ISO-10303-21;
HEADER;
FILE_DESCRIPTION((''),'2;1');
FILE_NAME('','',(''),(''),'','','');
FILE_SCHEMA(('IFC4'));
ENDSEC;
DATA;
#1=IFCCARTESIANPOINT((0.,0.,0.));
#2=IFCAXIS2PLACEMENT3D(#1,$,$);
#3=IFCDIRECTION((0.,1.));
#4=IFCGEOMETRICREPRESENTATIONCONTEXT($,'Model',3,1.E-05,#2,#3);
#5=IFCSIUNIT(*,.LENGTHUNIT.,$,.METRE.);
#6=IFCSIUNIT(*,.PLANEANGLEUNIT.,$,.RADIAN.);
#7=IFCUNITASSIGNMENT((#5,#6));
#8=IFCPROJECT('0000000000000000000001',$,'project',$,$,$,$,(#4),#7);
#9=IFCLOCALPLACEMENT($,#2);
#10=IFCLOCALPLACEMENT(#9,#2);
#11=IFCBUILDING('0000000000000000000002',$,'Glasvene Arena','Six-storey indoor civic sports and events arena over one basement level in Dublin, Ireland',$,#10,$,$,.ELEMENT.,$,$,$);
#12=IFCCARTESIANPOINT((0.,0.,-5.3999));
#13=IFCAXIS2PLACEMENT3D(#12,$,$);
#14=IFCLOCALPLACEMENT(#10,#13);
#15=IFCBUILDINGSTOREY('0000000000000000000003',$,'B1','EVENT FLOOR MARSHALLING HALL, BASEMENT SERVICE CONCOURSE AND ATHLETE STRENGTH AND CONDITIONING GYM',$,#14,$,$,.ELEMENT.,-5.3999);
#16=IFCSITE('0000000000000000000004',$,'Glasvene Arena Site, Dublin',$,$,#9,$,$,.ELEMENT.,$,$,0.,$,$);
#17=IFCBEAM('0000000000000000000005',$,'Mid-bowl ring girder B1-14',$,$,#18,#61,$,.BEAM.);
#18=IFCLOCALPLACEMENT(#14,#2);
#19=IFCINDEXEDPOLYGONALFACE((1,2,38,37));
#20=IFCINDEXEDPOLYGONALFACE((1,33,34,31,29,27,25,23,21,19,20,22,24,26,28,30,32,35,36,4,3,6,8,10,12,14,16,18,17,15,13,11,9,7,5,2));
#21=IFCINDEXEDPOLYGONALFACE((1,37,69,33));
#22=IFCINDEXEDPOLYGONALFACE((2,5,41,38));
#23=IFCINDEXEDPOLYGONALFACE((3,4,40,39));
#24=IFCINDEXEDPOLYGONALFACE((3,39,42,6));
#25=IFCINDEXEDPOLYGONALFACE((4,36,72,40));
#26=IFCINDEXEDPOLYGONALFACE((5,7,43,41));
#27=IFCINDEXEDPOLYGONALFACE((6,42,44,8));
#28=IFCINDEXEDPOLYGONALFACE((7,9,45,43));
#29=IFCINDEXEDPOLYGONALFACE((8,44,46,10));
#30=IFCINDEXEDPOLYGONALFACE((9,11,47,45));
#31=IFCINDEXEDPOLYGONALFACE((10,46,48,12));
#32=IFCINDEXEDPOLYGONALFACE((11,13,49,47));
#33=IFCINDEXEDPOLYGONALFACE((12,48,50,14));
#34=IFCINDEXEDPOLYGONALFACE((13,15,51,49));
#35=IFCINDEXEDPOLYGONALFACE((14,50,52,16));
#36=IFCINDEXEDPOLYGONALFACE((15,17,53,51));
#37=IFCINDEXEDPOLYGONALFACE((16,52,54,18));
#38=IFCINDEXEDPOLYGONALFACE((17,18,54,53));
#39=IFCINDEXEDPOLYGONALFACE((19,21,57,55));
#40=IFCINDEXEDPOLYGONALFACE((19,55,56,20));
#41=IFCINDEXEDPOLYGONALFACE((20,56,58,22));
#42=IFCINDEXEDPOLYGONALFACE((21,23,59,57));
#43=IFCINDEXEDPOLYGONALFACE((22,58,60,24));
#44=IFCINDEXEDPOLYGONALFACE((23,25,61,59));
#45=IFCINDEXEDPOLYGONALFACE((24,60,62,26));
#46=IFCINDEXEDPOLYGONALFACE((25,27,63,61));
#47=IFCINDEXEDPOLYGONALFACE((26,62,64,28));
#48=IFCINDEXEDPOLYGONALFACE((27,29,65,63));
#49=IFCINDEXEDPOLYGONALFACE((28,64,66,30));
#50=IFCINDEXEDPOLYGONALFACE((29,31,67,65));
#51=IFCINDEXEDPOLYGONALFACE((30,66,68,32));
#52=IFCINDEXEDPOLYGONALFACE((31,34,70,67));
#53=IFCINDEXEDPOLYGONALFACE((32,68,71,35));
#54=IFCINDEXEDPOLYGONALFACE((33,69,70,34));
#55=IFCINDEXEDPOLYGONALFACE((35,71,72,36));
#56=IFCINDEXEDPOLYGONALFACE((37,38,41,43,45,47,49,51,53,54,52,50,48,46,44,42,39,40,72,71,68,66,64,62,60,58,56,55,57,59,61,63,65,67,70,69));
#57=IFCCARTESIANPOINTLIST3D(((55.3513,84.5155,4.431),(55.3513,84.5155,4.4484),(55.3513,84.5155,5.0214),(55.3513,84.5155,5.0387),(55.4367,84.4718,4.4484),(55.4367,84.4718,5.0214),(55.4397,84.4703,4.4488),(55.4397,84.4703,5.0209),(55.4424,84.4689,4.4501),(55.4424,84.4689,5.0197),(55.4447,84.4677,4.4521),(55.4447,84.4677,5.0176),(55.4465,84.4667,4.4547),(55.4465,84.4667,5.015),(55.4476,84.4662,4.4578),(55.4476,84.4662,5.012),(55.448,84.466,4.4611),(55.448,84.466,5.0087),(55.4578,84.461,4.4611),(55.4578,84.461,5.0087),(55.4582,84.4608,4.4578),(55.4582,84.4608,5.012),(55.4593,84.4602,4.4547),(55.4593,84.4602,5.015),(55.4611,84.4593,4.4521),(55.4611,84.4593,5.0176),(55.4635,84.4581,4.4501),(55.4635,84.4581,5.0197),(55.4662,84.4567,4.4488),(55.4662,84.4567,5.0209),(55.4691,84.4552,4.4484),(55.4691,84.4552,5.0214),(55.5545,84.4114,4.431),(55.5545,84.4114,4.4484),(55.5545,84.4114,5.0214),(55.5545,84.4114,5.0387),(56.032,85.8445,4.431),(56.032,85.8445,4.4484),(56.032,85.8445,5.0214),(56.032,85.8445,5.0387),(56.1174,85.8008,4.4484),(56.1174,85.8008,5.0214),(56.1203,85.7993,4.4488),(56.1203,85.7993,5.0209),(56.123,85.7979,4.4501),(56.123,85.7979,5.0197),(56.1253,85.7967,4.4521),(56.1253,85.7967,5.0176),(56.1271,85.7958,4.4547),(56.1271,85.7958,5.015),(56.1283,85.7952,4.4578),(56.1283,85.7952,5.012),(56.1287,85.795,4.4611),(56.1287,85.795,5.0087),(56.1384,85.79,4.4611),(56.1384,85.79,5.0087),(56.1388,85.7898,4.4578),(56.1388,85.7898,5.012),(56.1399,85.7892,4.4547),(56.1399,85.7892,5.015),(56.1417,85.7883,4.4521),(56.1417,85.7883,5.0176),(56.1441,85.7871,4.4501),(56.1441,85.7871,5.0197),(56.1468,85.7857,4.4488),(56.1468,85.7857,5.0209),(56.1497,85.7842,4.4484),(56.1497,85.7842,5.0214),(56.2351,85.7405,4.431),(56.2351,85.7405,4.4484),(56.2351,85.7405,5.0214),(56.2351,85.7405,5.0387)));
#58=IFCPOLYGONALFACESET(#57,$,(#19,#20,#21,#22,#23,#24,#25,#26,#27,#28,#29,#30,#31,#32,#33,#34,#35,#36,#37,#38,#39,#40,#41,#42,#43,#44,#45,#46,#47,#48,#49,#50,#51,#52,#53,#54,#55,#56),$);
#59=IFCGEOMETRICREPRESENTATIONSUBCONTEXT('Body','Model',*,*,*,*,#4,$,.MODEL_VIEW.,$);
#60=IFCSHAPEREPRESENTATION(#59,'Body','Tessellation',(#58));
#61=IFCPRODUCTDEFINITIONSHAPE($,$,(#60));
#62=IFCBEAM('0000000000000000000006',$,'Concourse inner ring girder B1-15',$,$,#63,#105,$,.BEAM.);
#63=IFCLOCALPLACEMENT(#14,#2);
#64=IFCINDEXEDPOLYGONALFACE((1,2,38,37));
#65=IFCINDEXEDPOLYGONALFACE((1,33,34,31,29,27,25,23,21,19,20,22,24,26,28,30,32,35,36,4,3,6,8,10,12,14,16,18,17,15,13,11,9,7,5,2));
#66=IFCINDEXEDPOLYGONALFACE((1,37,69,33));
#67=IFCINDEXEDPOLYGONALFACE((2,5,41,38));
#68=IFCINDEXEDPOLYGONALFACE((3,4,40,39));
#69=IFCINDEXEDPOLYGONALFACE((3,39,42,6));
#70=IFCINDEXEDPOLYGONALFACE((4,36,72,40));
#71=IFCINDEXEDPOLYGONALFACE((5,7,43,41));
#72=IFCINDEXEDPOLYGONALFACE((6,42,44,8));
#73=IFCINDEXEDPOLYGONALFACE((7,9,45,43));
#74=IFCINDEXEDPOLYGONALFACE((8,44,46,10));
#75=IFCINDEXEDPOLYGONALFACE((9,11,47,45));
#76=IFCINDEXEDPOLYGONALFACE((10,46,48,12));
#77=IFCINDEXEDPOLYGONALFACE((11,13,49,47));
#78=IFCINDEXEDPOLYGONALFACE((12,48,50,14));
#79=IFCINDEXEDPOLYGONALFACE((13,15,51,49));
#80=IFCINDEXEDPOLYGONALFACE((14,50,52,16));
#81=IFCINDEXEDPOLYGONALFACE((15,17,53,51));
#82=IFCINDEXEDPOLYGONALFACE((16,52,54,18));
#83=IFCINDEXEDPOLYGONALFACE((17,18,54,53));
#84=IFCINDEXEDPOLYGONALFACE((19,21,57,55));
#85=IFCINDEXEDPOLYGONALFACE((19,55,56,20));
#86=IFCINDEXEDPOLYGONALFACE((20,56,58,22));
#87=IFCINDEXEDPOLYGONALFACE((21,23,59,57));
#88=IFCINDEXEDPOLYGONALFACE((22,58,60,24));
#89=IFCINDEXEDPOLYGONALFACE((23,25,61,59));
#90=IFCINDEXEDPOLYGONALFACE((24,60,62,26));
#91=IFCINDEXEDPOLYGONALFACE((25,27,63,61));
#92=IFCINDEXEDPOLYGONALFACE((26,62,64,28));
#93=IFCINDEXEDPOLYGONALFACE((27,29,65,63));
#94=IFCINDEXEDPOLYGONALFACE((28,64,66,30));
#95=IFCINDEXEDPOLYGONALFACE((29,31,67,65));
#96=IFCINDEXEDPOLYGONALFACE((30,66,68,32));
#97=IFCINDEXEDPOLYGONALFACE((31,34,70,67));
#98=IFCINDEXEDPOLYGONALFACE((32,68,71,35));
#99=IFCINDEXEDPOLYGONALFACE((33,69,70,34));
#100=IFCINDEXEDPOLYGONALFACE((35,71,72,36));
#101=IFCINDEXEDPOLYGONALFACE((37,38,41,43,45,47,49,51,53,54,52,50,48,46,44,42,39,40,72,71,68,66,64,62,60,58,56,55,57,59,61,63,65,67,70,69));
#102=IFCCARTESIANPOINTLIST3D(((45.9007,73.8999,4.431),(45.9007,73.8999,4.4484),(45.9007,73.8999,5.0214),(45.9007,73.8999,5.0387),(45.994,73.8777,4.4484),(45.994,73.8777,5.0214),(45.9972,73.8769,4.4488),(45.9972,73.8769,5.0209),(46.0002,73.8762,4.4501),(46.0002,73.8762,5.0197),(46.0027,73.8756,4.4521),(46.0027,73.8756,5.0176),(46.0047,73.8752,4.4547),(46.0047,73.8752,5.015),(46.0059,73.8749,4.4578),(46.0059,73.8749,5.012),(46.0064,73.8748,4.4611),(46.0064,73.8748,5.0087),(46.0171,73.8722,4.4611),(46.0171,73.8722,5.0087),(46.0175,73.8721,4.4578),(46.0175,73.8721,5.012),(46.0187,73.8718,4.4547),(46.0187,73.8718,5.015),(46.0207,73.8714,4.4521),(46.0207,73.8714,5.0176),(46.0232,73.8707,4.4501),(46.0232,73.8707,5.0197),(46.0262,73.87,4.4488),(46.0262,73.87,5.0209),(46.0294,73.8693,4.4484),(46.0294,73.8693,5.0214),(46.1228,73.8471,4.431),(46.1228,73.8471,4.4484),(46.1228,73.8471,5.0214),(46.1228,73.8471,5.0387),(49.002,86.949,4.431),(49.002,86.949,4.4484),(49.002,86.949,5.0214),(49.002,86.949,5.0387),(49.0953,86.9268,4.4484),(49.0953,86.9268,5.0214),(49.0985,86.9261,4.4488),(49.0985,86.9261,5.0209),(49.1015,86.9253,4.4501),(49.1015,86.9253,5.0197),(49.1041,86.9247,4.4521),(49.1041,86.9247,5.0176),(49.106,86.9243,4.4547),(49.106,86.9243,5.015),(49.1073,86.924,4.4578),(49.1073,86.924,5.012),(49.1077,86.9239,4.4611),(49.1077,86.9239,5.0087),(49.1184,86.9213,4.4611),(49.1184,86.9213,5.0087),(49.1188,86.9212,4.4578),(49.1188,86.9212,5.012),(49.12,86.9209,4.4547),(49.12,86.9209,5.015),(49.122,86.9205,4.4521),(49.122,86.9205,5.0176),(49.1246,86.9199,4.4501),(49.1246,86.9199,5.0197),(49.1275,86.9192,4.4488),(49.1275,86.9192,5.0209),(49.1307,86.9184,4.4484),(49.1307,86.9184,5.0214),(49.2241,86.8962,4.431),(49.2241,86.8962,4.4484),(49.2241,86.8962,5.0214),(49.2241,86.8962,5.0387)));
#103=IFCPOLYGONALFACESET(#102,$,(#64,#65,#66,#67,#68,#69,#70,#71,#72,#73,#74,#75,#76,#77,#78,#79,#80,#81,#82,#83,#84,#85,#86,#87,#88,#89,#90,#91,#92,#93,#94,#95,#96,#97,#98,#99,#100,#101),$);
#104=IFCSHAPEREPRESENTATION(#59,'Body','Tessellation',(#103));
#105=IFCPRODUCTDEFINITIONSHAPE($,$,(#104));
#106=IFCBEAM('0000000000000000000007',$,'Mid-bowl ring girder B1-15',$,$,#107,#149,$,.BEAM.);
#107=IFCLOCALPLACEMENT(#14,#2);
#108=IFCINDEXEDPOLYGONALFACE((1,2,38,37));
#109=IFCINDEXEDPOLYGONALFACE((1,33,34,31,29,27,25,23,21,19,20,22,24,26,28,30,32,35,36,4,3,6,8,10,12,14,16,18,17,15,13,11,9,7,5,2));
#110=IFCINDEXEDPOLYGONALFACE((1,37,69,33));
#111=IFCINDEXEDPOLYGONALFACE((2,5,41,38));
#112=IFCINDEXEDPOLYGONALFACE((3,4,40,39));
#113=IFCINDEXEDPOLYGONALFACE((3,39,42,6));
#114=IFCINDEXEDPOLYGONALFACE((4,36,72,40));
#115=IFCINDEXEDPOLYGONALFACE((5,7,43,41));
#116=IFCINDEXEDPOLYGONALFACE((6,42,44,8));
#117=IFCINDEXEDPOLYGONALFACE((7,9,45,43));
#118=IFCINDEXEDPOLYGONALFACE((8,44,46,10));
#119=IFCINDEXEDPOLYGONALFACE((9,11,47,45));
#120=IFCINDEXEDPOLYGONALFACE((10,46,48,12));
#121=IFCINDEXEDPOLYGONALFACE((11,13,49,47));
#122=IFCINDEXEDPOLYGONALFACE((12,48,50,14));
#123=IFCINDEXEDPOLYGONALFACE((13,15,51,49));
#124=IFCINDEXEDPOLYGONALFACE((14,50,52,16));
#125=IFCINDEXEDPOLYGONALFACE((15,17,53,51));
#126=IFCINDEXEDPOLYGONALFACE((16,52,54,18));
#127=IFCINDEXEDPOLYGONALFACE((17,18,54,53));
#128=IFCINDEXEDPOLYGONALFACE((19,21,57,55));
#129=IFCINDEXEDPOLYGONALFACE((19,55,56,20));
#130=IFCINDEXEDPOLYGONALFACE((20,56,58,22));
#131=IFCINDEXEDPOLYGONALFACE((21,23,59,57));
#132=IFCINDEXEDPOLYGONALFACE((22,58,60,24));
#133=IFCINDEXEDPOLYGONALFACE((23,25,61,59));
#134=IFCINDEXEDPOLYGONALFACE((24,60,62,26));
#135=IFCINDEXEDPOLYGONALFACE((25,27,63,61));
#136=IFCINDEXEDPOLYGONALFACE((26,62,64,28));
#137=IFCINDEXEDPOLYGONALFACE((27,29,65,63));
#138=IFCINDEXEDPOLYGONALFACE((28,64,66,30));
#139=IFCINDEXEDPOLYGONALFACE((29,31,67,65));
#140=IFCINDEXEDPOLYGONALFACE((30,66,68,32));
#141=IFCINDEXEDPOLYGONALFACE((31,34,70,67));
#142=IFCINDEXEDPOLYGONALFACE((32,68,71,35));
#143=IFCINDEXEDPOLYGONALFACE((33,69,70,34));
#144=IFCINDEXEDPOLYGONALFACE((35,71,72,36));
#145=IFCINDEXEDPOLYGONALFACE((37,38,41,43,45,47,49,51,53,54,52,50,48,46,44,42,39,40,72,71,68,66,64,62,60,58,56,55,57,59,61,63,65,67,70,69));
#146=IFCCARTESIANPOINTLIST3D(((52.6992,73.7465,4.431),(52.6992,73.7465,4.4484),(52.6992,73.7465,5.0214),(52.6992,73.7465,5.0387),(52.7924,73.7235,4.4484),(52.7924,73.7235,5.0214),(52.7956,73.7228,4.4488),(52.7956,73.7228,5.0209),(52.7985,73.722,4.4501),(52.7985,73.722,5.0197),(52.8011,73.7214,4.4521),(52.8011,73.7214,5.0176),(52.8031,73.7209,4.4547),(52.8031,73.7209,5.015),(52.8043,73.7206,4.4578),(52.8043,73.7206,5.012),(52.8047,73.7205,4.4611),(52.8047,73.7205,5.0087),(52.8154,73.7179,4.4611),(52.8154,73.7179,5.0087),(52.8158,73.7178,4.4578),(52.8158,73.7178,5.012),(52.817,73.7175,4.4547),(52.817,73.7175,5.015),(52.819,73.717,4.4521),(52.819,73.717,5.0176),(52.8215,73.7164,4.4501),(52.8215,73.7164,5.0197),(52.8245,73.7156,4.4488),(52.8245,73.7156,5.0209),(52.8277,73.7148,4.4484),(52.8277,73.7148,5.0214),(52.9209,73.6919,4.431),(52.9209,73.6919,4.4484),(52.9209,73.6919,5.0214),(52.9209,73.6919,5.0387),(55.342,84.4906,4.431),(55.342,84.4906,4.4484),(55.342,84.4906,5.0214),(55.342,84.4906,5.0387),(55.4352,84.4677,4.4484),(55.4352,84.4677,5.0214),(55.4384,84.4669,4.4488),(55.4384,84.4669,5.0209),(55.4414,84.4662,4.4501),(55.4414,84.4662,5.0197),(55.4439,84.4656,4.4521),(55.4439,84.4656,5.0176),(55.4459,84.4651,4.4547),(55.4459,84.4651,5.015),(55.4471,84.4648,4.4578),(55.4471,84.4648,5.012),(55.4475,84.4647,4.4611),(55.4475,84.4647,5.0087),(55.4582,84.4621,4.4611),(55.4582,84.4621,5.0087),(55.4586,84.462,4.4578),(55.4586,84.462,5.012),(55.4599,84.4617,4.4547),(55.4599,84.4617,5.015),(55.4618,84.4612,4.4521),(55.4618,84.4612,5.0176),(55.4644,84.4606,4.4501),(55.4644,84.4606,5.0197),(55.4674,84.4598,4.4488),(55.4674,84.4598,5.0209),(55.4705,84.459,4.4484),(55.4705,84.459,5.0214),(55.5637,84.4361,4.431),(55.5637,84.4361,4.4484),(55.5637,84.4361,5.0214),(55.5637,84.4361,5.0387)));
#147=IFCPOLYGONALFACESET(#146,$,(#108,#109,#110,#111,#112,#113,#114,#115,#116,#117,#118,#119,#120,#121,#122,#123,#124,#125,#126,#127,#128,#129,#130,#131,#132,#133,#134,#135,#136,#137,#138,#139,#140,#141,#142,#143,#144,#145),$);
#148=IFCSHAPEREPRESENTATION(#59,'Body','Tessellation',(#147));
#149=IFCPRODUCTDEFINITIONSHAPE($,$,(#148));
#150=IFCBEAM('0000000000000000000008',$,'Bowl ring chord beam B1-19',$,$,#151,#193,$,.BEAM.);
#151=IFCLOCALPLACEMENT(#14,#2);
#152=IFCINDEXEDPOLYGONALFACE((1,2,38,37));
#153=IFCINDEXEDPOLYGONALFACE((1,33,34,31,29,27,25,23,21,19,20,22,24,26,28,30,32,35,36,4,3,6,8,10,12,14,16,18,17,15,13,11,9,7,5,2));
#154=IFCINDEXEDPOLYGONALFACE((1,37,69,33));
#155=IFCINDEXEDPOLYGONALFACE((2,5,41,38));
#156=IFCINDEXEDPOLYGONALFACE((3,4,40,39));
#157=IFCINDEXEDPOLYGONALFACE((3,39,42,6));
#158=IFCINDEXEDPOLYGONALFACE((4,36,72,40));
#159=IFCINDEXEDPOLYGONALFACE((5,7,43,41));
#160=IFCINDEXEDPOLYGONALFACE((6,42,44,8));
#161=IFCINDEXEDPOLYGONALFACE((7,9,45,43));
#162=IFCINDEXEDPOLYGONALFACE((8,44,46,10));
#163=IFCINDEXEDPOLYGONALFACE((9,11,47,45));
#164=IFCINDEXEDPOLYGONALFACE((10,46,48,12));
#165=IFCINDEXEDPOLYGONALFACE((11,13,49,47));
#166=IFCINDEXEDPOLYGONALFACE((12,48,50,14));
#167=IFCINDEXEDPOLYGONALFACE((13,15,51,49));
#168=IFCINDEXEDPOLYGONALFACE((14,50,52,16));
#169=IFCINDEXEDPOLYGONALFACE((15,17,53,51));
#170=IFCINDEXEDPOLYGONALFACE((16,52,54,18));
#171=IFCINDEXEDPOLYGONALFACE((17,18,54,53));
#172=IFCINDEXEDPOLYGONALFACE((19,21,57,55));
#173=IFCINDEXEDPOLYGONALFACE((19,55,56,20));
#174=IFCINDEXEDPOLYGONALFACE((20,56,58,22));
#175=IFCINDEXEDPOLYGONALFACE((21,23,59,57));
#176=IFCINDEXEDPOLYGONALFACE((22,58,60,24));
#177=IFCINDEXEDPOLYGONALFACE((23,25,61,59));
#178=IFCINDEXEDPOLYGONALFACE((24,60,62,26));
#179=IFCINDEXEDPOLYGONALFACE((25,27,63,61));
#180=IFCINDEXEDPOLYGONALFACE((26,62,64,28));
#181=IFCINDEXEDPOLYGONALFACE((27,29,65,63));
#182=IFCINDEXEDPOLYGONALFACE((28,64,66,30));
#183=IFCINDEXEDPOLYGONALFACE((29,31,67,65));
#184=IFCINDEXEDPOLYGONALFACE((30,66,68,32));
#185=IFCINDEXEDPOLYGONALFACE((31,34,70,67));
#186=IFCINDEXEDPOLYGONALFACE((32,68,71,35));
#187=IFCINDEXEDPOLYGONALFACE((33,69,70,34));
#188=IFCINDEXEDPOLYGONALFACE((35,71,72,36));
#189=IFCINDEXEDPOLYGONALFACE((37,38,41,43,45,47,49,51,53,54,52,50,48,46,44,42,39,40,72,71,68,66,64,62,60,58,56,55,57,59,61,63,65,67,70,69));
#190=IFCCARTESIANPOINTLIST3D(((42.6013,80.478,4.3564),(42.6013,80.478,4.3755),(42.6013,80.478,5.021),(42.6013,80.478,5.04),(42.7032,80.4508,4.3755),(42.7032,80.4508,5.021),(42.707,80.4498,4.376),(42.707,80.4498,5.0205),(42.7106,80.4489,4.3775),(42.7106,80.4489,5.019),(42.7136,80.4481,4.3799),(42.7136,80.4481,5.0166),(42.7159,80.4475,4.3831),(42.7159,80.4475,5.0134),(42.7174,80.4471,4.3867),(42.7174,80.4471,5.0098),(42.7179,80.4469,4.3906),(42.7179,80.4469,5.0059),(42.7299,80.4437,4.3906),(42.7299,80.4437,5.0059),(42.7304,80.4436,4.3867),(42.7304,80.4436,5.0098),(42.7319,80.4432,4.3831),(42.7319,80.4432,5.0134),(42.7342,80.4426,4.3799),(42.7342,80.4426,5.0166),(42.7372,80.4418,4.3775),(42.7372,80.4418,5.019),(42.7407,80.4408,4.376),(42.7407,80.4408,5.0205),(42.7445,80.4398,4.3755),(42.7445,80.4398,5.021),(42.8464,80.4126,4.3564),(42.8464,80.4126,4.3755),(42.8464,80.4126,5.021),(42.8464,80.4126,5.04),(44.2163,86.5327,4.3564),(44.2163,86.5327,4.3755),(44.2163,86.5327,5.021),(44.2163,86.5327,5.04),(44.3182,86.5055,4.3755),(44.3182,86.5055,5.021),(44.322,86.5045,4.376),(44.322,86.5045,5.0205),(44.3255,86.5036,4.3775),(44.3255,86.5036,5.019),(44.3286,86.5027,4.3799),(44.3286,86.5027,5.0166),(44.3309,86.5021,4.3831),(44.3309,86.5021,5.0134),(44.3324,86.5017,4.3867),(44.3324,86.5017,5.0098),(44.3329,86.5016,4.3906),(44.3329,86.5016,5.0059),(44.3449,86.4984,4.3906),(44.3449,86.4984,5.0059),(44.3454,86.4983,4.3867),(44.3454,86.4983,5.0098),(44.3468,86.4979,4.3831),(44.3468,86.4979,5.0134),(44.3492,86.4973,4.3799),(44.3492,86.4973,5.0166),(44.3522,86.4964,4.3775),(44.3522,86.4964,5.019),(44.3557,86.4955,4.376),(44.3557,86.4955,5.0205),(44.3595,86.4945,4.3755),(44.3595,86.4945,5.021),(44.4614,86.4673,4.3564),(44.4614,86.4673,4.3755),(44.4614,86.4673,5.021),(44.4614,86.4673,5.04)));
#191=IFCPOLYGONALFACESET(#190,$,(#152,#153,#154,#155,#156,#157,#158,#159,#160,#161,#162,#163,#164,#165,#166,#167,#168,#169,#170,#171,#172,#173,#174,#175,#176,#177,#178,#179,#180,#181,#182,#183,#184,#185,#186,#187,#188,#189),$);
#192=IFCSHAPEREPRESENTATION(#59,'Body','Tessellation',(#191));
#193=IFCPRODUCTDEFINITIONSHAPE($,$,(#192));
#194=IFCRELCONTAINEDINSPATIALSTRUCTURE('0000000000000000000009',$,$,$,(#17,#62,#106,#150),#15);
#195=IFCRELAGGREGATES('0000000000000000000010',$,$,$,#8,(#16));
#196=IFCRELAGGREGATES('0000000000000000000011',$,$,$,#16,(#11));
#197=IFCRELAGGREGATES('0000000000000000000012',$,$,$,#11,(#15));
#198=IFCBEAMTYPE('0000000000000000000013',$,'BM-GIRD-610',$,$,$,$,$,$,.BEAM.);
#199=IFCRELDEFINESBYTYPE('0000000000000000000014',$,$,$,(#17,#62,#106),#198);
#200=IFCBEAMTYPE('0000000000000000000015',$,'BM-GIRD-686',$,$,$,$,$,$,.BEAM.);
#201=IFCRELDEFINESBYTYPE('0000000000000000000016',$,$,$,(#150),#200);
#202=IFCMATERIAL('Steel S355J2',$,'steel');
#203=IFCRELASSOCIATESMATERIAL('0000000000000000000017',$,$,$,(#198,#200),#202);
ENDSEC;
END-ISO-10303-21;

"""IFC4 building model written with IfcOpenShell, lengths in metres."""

from ifc_helpers import new_model, si_unit, direction, frame, origin, origin_2d, place, context, subcontext, project, spatial, i_section, extrude, material, material_profile, profile_set, type_object, element, save


model = new_model("IFC4")

# Units and contexts
model_context = context("Model", 3, precision=1e-05, world=origin(), true_north=direction((0.0, 1.0)))
body_context = subcontext(model_context, "Body", "Model", "MODEL_VIEW")
ifc_project = project(units=[si_unit("LENGTHUNIT", "METRE"), si_unit("PLANEANGLEUNIT", "RADIAN")], contexts=[model_context])

# Site, building, storey
site_placement = place(None, origin())
site = spatial("IfcSite", under=ifc_project, at=site_placement, Name="Glasvene Arena Site, Dublin", CompositionType="ELEMENT", RefElevation=0.0)
building_placement = place(site_placement, origin())
building = spatial("IfcBuilding", under=site, at=building_placement, Name="Glasvene Arena", Description="Six-storey indoor civic sports and events arena over one basement level in Dublin, Ireland", CompositionType="ELEMENT")
storey_placement = place(building_placement, frame((0.0, 0.0, -5.3999)))
storey = spatial("IfcBuildingStorey", under=building, at=storey_placement, Name="B1", Description="EVENT FLOOR MARSHALLING HALL, BASEMENT SERVICE CONCOURSE AND ATHLETE STRENGTH AND CONDITIONING GYM", CompositionType="ELEMENT", Elevation=-5.3999)

# Shared definitions
ifc_material_1 = material(Name="Steel S355J2", Category="steel")

# Beams
ifc_material_profile_1 = material_profile(ifc_material_1, i_section(OverallWidth=0.2283, OverallDepth=0.6077, WebThickness=0.011, FlangeThickness=0.0173, FilletRadius=0.0127, at=origin_2d()), Name="UKB 610x229x113")
ifc_profile_set_1 = profile_set([ifc_material_profile_1], Name="Steel S355J2")
beam_type_1 = type_object("IfcBeamType", Name="BM-GIRD-610", PredefinedType="BEAM", material=ifc_profile_set_1)
beam_1_placement = place(storey_placement, frame((56.1335, 85.7925, 4.7349), z_axis=(-0.455825, -0.890069, 0.0), x_axis=(0.890069, -0.455825, 0.0)))
element("IfcBeam", 1, at=beam_1_placement, inside=storey, type_object=beam_type_1, Name="Mid-bowl ring girder B1-14", PredefinedType="BEAM", context=body_context, shape_type="SweptSolid", body=[
    extrude(i_section(OverallWidth=0.2283, OverallDepth=0.6077, WebThickness=0.011, FlangeThickness=0.0173, FilletRadius=0.0127, at=origin_2d()), origin(), (0.0, 0.0, 1.0), 1.4932),
])
beam_2_placement = place(storey_placement, frame((49.113, 86.9226, 4.7349), z_axis=(-0.231225, -0.9729, 0.0), x_axis=(0.9729, -0.231225, 0.0)))
element("IfcBeam", 2, at=beam_2_placement, inside=storey, type_object=beam_type_1, Name="Concourse inner ring girder B1-15", PredefinedType="BEAM", context=body_context, shape_type="SweptSolid", body=[
    extrude(i_section(OverallWidth=0.2283, OverallDepth=0.6077, WebThickness=0.011, FlangeThickness=0.0173, FilletRadius=0.0127, at=origin_2d()), origin(), (0.0, 0.0, 1.0), 13.4126),
])
beam_3_placement = place(storey_placement, frame((55.4529, 84.4634, 4.7349), z_axis=(-0.238858, -0.971054, 0.0), x_axis=(0.971054, -0.238858, 0.0)))
element("IfcBeam", 3, at=beam_3_placement, inside=storey, type_object=beam_type_1, Name="Mid-bowl ring girder B1-15", PredefinedType="BEAM", context=body_context, shape_type="SweptSolid", body=[
    extrude(i_section(OverallWidth=0.2283, OverallDepth=0.6077, WebThickness=0.011, FlangeThickness=0.0173, FilletRadius=0.0127, at=origin_2d()), origin(), (0.0, 0.0, 1.0), 11.0645),
])
ifc_material_profile_2 = material_profile(ifc_material_1, i_section(OverallWidth=0.2537, OverallDepth=0.6836, WebThickness=0.0125, FlangeThickness=0.019, FilletRadius=0.0151, at=origin_2d()), Name="UKB 686x254x140")
ifc_profile_set_2 = profile_set([ifc_material_profile_2], Name="Steel S355J2")
beam_type_2 = type_object("IfcBeamType", Name="BM-GIRD-686", PredefinedType="BEAM", material=ifc_profile_set_2)
beam_4_placement = place(storey_placement, frame((44.3389, 86.5, 4.6982), z_axis=(-0.257723, -0.966219, 0.0), x_axis=(0.966219, -0.257723, 0.0)))
element("IfcBeam", 4, at=beam_4_placement, inside=storey, type_object=beam_type_2, Name="Bowl ring chord beam B1-19", PredefinedType="BEAM", context=body_context, shape_type="SweptSolid", body=[
    extrude(i_section(OverallWidth=0.2537, OverallDepth=0.6836, WebThickness=0.0125, FlangeThickness=0.019, FilletRadius=0.0151, at=origin_2d()), origin(), (0.0, 0.0, 1.0), 6.2664),
])

save(model, "model.ifc")
